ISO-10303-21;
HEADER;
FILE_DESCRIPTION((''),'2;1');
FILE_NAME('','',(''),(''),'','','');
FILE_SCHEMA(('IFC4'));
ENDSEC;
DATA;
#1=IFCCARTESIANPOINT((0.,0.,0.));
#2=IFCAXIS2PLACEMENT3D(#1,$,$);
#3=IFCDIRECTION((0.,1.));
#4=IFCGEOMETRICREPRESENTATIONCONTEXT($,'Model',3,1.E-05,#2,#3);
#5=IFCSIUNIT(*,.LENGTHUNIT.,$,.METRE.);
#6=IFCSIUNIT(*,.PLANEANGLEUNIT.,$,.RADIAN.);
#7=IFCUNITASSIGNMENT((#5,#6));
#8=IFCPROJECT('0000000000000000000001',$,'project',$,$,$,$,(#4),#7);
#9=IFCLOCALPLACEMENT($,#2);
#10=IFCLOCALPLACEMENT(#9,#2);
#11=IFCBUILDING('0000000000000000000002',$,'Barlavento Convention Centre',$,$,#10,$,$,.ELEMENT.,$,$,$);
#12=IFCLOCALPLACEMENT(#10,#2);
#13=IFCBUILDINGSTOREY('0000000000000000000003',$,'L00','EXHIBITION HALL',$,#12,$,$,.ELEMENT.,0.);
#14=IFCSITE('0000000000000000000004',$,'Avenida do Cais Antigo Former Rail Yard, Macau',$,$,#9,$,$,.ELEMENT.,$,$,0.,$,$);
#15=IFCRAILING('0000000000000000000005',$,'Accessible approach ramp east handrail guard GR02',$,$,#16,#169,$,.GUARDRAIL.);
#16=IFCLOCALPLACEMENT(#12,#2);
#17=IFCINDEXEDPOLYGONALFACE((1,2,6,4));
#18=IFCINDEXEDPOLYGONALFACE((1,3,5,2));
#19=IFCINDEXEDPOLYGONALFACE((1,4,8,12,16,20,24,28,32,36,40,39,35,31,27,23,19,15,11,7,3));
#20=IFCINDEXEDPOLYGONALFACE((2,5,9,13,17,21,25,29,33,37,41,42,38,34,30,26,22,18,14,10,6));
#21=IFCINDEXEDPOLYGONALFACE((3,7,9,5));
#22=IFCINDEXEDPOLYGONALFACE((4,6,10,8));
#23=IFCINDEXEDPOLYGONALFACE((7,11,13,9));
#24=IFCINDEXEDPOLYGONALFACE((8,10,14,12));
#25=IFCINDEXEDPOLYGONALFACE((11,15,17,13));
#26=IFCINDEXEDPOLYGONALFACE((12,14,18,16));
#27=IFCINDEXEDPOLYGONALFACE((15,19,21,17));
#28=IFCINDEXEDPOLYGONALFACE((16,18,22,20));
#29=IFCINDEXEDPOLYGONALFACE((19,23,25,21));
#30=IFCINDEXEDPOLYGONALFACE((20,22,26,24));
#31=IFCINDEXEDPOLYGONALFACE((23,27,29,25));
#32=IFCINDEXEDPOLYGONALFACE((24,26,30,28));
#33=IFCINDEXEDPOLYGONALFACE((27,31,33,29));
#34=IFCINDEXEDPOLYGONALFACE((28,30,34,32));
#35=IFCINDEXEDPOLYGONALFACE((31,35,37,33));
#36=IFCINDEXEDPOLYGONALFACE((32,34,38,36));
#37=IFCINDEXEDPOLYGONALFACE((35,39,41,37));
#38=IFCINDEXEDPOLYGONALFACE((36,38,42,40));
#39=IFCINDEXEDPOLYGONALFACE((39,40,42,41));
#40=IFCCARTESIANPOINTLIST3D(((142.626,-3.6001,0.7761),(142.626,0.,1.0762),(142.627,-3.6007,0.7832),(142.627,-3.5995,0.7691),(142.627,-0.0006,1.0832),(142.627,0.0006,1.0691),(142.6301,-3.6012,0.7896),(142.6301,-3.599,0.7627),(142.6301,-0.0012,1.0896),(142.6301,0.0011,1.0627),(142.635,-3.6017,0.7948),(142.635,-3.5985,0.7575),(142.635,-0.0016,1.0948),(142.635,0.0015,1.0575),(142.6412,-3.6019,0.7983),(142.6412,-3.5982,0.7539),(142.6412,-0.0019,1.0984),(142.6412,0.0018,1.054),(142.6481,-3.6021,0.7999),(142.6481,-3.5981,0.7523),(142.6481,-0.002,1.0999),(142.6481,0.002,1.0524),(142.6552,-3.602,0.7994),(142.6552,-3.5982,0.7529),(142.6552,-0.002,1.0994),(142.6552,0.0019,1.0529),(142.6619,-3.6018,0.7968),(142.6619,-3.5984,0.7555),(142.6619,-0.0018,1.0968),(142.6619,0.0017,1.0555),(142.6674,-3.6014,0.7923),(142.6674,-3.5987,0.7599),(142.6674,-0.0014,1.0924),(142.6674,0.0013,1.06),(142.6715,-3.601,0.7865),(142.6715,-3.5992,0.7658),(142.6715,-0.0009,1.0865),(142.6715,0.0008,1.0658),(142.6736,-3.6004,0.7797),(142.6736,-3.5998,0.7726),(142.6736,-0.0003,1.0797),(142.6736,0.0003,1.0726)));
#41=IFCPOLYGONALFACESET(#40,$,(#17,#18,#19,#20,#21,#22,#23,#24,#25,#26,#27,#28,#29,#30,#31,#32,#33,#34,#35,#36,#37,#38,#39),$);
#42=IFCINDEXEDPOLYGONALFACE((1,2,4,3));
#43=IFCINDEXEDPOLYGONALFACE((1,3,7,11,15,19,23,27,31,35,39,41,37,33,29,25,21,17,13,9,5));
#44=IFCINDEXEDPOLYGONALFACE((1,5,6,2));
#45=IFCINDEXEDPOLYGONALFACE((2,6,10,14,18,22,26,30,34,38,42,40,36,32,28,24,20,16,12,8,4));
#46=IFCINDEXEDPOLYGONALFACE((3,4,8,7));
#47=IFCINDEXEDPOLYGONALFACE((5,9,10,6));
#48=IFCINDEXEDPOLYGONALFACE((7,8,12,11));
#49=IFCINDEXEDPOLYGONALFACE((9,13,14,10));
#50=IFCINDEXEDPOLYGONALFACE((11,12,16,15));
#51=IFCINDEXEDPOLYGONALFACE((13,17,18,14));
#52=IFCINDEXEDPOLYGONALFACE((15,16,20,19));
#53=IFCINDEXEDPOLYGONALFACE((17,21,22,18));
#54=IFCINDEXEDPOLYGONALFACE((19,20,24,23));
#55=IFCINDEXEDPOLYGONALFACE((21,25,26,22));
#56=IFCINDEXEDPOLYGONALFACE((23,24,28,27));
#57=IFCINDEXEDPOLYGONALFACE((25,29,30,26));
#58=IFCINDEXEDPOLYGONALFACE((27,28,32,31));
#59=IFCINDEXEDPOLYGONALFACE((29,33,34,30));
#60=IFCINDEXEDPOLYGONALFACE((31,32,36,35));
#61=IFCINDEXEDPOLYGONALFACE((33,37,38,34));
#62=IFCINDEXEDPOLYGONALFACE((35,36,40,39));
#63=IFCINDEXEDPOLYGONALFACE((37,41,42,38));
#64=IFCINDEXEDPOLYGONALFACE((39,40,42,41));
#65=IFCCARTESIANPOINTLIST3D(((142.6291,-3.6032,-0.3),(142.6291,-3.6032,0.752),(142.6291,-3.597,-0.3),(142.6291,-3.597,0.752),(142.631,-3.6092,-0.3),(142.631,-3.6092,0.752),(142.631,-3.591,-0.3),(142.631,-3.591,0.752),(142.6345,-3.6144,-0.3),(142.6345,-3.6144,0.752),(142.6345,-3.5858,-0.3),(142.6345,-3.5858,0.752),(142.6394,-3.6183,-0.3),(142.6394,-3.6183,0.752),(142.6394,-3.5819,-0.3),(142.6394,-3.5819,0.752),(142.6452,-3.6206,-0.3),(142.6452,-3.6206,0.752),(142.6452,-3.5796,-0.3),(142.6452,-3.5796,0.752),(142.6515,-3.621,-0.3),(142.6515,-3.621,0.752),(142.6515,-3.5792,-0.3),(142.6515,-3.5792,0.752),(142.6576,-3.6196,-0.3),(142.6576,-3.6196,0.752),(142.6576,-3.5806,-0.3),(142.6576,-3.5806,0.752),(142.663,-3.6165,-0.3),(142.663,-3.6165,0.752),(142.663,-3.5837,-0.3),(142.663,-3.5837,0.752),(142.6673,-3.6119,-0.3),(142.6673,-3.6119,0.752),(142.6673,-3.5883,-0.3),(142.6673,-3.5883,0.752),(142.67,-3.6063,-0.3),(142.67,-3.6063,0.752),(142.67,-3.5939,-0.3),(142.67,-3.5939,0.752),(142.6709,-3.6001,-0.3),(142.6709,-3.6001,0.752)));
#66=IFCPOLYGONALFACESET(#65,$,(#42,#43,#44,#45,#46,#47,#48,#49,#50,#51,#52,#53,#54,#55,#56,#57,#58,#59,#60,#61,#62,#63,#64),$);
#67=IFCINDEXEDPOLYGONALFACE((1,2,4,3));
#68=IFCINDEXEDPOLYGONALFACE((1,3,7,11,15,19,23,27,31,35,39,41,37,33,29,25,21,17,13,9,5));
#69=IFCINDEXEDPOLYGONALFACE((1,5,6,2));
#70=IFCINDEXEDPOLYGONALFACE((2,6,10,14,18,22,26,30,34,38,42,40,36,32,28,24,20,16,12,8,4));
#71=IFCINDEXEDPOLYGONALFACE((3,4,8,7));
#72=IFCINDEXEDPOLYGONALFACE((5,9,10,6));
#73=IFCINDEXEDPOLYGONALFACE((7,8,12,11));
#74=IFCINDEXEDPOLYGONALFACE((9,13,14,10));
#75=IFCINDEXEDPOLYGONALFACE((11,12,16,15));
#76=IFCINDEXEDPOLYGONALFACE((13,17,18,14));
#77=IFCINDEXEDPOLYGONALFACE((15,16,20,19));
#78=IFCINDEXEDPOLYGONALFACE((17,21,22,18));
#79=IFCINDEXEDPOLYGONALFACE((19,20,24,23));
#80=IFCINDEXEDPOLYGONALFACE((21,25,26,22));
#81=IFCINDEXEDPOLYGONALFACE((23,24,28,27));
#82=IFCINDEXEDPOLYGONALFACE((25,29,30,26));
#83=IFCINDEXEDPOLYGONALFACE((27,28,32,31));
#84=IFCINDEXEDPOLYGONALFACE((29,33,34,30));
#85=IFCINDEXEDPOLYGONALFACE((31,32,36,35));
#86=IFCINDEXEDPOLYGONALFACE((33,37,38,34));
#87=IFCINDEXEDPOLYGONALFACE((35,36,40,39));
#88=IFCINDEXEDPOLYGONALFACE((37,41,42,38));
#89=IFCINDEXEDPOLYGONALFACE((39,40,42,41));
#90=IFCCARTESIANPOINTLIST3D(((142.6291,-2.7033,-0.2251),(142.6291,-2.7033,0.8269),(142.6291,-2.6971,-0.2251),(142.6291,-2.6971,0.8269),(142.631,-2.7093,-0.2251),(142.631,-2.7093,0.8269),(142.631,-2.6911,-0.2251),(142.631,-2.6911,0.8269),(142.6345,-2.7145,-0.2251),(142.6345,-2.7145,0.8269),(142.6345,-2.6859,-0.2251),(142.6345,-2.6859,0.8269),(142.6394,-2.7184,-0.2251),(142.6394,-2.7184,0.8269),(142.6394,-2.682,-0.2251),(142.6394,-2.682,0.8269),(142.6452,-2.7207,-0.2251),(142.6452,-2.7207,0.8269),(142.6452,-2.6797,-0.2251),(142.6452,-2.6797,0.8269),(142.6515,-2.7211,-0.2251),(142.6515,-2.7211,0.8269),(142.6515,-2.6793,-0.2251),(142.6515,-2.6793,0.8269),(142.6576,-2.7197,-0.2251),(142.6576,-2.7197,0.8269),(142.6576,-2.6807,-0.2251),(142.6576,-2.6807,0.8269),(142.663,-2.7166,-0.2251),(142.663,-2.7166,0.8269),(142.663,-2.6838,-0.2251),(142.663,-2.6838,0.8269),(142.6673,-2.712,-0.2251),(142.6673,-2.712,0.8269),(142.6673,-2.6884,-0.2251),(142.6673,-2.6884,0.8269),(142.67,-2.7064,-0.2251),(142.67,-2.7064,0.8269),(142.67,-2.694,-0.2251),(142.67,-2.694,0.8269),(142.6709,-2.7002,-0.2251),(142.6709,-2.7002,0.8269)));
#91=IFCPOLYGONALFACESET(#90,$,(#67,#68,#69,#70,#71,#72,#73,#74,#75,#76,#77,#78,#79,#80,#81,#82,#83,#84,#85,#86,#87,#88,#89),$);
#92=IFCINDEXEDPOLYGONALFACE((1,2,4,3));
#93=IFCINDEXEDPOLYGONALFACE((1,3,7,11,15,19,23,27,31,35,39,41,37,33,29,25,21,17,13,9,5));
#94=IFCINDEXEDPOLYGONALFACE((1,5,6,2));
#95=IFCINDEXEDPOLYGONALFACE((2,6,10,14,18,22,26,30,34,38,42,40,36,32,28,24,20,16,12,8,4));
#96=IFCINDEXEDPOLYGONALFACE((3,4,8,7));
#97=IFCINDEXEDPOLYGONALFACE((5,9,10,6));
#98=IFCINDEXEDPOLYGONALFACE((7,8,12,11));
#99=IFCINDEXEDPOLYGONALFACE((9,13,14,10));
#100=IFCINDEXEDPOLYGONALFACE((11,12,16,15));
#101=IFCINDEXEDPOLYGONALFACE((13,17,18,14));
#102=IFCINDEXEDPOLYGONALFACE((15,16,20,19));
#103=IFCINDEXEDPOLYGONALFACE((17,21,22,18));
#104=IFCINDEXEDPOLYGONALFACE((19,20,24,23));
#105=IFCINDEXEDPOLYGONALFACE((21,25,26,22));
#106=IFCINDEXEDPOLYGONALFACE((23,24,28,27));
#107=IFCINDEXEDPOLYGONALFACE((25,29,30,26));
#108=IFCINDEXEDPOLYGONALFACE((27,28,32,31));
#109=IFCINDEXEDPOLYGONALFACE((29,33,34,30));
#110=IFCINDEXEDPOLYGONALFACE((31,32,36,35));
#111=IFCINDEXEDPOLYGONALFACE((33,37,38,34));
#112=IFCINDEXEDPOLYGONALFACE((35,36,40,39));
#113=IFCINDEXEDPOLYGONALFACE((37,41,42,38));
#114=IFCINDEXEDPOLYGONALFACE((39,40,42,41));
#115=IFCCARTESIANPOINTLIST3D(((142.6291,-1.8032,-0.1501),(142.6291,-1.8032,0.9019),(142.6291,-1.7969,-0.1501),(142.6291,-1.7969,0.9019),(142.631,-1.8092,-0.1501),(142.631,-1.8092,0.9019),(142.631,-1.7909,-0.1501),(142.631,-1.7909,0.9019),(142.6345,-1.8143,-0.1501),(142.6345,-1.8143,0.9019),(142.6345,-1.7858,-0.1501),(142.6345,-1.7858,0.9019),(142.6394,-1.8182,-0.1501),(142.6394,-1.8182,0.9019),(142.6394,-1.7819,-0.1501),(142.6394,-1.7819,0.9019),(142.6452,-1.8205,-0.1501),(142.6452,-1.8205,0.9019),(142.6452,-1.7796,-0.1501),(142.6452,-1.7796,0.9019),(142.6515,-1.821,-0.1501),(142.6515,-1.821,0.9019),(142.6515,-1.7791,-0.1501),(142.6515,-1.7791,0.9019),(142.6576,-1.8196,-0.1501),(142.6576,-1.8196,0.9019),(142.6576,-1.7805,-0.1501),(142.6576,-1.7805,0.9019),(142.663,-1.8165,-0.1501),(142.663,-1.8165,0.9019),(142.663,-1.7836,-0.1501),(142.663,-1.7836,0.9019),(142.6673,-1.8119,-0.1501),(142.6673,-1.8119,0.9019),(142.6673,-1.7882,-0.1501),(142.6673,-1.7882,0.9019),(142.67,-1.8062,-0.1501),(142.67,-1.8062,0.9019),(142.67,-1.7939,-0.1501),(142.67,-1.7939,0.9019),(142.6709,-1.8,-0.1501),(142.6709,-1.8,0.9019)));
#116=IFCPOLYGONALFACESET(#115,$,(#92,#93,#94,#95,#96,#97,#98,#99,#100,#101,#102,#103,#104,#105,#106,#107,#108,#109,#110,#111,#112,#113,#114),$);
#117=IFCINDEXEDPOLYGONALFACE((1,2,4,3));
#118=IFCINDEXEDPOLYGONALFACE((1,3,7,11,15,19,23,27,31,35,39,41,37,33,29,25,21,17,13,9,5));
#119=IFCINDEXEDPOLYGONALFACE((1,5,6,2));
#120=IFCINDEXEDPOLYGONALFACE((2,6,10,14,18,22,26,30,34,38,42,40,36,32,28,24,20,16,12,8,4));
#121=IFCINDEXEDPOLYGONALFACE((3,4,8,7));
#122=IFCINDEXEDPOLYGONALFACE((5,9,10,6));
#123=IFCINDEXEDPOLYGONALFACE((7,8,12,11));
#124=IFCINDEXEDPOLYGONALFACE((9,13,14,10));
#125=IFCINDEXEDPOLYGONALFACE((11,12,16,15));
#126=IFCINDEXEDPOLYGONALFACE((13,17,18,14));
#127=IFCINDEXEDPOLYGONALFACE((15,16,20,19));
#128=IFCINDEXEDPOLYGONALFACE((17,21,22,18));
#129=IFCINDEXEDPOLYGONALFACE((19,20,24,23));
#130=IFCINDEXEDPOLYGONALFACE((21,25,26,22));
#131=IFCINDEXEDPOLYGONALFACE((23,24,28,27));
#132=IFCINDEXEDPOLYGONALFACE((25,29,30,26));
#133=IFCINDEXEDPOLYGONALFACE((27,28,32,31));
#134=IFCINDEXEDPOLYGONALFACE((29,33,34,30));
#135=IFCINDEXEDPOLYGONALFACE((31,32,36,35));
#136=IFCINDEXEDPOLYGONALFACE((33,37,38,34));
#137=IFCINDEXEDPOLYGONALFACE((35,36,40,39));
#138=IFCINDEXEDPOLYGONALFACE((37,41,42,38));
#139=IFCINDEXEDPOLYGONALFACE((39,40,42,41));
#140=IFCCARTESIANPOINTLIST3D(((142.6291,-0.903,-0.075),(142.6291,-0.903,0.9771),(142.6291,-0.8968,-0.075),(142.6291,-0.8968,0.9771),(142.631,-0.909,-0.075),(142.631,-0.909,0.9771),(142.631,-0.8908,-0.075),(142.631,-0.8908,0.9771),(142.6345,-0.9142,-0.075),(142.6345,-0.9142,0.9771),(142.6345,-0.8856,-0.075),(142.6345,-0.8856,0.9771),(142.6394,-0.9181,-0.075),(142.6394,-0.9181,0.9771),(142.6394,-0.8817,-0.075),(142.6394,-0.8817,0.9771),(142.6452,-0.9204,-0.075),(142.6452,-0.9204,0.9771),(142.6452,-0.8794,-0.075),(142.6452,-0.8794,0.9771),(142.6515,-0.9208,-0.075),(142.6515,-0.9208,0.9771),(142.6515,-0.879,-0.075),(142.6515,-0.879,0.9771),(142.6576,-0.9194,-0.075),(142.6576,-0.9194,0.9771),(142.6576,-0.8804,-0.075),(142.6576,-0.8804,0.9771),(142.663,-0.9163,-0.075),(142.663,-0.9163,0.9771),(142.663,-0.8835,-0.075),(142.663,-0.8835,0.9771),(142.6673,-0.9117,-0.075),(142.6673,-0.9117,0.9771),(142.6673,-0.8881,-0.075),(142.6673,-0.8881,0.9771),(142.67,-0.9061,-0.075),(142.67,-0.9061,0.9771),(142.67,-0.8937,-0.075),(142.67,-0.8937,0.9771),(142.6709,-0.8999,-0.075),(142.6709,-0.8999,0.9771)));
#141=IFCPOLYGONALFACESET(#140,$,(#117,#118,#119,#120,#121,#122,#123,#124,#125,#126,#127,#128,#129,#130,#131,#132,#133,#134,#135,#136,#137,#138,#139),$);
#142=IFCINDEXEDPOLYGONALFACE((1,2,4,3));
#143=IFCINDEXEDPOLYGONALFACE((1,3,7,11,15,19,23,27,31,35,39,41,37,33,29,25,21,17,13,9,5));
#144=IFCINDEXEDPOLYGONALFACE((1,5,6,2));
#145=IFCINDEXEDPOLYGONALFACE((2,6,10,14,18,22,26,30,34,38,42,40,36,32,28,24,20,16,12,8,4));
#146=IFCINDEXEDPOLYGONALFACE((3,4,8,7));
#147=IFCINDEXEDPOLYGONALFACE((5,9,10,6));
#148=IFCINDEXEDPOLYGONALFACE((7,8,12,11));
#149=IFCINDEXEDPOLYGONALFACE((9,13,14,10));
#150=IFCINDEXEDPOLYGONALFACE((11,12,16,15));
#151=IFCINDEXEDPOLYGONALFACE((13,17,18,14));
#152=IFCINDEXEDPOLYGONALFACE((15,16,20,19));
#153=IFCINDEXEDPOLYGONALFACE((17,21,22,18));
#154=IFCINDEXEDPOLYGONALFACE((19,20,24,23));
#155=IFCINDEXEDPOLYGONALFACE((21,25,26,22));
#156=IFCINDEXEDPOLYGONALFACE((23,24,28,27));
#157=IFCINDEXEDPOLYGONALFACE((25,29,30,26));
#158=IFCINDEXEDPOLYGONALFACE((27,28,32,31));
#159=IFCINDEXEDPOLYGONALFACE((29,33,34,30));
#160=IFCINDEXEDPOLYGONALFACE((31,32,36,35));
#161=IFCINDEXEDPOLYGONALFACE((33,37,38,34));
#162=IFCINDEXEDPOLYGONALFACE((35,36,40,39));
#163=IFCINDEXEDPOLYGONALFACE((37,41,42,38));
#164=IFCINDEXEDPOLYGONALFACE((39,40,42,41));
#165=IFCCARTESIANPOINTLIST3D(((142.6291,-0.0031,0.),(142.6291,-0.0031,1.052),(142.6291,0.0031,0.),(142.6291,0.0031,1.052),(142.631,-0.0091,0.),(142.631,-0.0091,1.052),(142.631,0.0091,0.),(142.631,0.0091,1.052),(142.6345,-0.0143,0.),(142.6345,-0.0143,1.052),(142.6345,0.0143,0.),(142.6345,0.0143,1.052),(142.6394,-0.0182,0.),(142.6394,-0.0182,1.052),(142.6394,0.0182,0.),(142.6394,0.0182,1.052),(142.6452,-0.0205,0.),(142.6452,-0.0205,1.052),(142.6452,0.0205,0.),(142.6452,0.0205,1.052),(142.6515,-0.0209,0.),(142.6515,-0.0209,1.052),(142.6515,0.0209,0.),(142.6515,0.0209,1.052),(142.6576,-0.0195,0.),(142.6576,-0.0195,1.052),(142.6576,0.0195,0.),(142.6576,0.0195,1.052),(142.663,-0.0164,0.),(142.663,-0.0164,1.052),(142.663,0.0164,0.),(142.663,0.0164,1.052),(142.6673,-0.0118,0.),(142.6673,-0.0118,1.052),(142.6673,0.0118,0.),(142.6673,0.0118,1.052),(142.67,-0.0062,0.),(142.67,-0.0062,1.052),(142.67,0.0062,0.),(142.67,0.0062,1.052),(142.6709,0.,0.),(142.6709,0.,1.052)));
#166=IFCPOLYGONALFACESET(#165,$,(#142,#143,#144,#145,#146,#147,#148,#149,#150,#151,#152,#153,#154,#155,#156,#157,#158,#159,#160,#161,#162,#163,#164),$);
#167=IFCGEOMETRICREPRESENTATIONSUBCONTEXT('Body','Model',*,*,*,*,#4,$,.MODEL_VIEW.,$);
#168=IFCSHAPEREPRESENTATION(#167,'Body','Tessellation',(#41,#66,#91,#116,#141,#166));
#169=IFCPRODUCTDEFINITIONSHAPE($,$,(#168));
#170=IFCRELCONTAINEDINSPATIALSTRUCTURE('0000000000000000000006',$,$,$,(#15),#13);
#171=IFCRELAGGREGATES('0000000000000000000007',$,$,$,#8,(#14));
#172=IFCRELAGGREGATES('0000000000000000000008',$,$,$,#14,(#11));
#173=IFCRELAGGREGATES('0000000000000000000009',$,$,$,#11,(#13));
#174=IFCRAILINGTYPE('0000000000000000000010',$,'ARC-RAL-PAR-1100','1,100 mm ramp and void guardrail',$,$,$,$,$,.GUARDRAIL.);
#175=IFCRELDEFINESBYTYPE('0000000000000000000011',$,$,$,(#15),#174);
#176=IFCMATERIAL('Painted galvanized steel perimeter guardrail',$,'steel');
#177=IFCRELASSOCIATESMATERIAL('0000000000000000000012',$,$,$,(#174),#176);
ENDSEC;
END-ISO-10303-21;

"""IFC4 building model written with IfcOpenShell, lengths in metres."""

from ifc_helpers import new_model, si_unit, direction, frame, origin, origin_2d, place, context, subcontext, project, spatial, circle, extrude, material, type_object, element, save


model = new_model("IFC4")

# Units and contexts
model_context = context("Model", 3, precision=1e-05, world=origin(), true_north=direction((0.0, 1.0)))
body_context = subcontext(model_context, "Body", "Model", "MODEL_VIEW")
ifc_project = project(units=[si_unit("LENGTHUNIT", "METRE"), si_unit("PLANEANGLEUNIT", "RADIAN")], contexts=[model_context])

# Site, building, storey
site_placement = place(None, origin())
site = spatial("IfcSite", under=ifc_project, at=site_placement, Name="Avenida do Cais Antigo Former Rail Yard, Macau", CompositionType="ELEMENT", RefElevation=0.0)
building_placement = place(site_placement, origin())
building = spatial("IfcBuilding", under=site, at=building_placement, Name="Barlavento Convention Centre", CompositionType="ELEMENT")
storey_placement = place(building_placement, origin())
storey = spatial("IfcBuildingStorey", under=building, at=storey_placement, Name="L00", Description="EXHIBITION HALL", CompositionType="ELEMENT", Elevation=0.0)

# Railing
ifc_material_1 = material(Name="Painted galvanized steel perimeter guardrail", Category="steel")
railing_type = type_object("IfcRailingType", Name="ARC-RAL-PAR-1100", Description="1,100 mm ramp and void guardrail", PredefinedType="GUARDRAIL", material=ifc_material_1)
for number, where, name in (
    (1, (142.6499, -3.6001, -0.3), "Accessible approach ramp east handrail guard GR02"),
):
    element("IfcRailing", number, at=place(storey_placement, frame(where)), inside=storey, type_object=railing_type, Name=name, PredefinedType="GUARDRAIL", context=body_context, shape_type="SweptSolid", body=[
        extrude(circle(Radius=0.0239, at=origin_2d()), frame((0.0, 0.0, 1.0762), z_axis=(0.0, 0.996545, 0.083057), x_axis=(-1.0, 0.0, 0.0)), (0.0, 0.0, 1.0), 3.6125),
        extrude(circle(Radius=0.021, at=origin_2d()), origin(), (0.0, 0.0, 1.0), 1.052),
        extrude(circle(Radius=0.021, at=origin_2d()), frame((0.0, 0.8999, 0.075)), (0.0, 0.0, 1.0), 1.052),
        extrude(circle(Radius=0.021, at=origin_2d()), frame((0.0, 1.8, 0.1499)), (0.0, 0.0, 1.0), 1.052),
        extrude(circle(Radius=0.021, at=origin_2d()), frame((0.0, 2.7002, 0.2251)), (0.0, 0.0, 1.0), 1.052),
        extrude(circle(Radius=0.021, at=origin_2d()), frame((0.0, 3.6001, 0.3)), (0.0, 0.0, 1.0), 1.052),
    ])

save(model, "model.ifc")
